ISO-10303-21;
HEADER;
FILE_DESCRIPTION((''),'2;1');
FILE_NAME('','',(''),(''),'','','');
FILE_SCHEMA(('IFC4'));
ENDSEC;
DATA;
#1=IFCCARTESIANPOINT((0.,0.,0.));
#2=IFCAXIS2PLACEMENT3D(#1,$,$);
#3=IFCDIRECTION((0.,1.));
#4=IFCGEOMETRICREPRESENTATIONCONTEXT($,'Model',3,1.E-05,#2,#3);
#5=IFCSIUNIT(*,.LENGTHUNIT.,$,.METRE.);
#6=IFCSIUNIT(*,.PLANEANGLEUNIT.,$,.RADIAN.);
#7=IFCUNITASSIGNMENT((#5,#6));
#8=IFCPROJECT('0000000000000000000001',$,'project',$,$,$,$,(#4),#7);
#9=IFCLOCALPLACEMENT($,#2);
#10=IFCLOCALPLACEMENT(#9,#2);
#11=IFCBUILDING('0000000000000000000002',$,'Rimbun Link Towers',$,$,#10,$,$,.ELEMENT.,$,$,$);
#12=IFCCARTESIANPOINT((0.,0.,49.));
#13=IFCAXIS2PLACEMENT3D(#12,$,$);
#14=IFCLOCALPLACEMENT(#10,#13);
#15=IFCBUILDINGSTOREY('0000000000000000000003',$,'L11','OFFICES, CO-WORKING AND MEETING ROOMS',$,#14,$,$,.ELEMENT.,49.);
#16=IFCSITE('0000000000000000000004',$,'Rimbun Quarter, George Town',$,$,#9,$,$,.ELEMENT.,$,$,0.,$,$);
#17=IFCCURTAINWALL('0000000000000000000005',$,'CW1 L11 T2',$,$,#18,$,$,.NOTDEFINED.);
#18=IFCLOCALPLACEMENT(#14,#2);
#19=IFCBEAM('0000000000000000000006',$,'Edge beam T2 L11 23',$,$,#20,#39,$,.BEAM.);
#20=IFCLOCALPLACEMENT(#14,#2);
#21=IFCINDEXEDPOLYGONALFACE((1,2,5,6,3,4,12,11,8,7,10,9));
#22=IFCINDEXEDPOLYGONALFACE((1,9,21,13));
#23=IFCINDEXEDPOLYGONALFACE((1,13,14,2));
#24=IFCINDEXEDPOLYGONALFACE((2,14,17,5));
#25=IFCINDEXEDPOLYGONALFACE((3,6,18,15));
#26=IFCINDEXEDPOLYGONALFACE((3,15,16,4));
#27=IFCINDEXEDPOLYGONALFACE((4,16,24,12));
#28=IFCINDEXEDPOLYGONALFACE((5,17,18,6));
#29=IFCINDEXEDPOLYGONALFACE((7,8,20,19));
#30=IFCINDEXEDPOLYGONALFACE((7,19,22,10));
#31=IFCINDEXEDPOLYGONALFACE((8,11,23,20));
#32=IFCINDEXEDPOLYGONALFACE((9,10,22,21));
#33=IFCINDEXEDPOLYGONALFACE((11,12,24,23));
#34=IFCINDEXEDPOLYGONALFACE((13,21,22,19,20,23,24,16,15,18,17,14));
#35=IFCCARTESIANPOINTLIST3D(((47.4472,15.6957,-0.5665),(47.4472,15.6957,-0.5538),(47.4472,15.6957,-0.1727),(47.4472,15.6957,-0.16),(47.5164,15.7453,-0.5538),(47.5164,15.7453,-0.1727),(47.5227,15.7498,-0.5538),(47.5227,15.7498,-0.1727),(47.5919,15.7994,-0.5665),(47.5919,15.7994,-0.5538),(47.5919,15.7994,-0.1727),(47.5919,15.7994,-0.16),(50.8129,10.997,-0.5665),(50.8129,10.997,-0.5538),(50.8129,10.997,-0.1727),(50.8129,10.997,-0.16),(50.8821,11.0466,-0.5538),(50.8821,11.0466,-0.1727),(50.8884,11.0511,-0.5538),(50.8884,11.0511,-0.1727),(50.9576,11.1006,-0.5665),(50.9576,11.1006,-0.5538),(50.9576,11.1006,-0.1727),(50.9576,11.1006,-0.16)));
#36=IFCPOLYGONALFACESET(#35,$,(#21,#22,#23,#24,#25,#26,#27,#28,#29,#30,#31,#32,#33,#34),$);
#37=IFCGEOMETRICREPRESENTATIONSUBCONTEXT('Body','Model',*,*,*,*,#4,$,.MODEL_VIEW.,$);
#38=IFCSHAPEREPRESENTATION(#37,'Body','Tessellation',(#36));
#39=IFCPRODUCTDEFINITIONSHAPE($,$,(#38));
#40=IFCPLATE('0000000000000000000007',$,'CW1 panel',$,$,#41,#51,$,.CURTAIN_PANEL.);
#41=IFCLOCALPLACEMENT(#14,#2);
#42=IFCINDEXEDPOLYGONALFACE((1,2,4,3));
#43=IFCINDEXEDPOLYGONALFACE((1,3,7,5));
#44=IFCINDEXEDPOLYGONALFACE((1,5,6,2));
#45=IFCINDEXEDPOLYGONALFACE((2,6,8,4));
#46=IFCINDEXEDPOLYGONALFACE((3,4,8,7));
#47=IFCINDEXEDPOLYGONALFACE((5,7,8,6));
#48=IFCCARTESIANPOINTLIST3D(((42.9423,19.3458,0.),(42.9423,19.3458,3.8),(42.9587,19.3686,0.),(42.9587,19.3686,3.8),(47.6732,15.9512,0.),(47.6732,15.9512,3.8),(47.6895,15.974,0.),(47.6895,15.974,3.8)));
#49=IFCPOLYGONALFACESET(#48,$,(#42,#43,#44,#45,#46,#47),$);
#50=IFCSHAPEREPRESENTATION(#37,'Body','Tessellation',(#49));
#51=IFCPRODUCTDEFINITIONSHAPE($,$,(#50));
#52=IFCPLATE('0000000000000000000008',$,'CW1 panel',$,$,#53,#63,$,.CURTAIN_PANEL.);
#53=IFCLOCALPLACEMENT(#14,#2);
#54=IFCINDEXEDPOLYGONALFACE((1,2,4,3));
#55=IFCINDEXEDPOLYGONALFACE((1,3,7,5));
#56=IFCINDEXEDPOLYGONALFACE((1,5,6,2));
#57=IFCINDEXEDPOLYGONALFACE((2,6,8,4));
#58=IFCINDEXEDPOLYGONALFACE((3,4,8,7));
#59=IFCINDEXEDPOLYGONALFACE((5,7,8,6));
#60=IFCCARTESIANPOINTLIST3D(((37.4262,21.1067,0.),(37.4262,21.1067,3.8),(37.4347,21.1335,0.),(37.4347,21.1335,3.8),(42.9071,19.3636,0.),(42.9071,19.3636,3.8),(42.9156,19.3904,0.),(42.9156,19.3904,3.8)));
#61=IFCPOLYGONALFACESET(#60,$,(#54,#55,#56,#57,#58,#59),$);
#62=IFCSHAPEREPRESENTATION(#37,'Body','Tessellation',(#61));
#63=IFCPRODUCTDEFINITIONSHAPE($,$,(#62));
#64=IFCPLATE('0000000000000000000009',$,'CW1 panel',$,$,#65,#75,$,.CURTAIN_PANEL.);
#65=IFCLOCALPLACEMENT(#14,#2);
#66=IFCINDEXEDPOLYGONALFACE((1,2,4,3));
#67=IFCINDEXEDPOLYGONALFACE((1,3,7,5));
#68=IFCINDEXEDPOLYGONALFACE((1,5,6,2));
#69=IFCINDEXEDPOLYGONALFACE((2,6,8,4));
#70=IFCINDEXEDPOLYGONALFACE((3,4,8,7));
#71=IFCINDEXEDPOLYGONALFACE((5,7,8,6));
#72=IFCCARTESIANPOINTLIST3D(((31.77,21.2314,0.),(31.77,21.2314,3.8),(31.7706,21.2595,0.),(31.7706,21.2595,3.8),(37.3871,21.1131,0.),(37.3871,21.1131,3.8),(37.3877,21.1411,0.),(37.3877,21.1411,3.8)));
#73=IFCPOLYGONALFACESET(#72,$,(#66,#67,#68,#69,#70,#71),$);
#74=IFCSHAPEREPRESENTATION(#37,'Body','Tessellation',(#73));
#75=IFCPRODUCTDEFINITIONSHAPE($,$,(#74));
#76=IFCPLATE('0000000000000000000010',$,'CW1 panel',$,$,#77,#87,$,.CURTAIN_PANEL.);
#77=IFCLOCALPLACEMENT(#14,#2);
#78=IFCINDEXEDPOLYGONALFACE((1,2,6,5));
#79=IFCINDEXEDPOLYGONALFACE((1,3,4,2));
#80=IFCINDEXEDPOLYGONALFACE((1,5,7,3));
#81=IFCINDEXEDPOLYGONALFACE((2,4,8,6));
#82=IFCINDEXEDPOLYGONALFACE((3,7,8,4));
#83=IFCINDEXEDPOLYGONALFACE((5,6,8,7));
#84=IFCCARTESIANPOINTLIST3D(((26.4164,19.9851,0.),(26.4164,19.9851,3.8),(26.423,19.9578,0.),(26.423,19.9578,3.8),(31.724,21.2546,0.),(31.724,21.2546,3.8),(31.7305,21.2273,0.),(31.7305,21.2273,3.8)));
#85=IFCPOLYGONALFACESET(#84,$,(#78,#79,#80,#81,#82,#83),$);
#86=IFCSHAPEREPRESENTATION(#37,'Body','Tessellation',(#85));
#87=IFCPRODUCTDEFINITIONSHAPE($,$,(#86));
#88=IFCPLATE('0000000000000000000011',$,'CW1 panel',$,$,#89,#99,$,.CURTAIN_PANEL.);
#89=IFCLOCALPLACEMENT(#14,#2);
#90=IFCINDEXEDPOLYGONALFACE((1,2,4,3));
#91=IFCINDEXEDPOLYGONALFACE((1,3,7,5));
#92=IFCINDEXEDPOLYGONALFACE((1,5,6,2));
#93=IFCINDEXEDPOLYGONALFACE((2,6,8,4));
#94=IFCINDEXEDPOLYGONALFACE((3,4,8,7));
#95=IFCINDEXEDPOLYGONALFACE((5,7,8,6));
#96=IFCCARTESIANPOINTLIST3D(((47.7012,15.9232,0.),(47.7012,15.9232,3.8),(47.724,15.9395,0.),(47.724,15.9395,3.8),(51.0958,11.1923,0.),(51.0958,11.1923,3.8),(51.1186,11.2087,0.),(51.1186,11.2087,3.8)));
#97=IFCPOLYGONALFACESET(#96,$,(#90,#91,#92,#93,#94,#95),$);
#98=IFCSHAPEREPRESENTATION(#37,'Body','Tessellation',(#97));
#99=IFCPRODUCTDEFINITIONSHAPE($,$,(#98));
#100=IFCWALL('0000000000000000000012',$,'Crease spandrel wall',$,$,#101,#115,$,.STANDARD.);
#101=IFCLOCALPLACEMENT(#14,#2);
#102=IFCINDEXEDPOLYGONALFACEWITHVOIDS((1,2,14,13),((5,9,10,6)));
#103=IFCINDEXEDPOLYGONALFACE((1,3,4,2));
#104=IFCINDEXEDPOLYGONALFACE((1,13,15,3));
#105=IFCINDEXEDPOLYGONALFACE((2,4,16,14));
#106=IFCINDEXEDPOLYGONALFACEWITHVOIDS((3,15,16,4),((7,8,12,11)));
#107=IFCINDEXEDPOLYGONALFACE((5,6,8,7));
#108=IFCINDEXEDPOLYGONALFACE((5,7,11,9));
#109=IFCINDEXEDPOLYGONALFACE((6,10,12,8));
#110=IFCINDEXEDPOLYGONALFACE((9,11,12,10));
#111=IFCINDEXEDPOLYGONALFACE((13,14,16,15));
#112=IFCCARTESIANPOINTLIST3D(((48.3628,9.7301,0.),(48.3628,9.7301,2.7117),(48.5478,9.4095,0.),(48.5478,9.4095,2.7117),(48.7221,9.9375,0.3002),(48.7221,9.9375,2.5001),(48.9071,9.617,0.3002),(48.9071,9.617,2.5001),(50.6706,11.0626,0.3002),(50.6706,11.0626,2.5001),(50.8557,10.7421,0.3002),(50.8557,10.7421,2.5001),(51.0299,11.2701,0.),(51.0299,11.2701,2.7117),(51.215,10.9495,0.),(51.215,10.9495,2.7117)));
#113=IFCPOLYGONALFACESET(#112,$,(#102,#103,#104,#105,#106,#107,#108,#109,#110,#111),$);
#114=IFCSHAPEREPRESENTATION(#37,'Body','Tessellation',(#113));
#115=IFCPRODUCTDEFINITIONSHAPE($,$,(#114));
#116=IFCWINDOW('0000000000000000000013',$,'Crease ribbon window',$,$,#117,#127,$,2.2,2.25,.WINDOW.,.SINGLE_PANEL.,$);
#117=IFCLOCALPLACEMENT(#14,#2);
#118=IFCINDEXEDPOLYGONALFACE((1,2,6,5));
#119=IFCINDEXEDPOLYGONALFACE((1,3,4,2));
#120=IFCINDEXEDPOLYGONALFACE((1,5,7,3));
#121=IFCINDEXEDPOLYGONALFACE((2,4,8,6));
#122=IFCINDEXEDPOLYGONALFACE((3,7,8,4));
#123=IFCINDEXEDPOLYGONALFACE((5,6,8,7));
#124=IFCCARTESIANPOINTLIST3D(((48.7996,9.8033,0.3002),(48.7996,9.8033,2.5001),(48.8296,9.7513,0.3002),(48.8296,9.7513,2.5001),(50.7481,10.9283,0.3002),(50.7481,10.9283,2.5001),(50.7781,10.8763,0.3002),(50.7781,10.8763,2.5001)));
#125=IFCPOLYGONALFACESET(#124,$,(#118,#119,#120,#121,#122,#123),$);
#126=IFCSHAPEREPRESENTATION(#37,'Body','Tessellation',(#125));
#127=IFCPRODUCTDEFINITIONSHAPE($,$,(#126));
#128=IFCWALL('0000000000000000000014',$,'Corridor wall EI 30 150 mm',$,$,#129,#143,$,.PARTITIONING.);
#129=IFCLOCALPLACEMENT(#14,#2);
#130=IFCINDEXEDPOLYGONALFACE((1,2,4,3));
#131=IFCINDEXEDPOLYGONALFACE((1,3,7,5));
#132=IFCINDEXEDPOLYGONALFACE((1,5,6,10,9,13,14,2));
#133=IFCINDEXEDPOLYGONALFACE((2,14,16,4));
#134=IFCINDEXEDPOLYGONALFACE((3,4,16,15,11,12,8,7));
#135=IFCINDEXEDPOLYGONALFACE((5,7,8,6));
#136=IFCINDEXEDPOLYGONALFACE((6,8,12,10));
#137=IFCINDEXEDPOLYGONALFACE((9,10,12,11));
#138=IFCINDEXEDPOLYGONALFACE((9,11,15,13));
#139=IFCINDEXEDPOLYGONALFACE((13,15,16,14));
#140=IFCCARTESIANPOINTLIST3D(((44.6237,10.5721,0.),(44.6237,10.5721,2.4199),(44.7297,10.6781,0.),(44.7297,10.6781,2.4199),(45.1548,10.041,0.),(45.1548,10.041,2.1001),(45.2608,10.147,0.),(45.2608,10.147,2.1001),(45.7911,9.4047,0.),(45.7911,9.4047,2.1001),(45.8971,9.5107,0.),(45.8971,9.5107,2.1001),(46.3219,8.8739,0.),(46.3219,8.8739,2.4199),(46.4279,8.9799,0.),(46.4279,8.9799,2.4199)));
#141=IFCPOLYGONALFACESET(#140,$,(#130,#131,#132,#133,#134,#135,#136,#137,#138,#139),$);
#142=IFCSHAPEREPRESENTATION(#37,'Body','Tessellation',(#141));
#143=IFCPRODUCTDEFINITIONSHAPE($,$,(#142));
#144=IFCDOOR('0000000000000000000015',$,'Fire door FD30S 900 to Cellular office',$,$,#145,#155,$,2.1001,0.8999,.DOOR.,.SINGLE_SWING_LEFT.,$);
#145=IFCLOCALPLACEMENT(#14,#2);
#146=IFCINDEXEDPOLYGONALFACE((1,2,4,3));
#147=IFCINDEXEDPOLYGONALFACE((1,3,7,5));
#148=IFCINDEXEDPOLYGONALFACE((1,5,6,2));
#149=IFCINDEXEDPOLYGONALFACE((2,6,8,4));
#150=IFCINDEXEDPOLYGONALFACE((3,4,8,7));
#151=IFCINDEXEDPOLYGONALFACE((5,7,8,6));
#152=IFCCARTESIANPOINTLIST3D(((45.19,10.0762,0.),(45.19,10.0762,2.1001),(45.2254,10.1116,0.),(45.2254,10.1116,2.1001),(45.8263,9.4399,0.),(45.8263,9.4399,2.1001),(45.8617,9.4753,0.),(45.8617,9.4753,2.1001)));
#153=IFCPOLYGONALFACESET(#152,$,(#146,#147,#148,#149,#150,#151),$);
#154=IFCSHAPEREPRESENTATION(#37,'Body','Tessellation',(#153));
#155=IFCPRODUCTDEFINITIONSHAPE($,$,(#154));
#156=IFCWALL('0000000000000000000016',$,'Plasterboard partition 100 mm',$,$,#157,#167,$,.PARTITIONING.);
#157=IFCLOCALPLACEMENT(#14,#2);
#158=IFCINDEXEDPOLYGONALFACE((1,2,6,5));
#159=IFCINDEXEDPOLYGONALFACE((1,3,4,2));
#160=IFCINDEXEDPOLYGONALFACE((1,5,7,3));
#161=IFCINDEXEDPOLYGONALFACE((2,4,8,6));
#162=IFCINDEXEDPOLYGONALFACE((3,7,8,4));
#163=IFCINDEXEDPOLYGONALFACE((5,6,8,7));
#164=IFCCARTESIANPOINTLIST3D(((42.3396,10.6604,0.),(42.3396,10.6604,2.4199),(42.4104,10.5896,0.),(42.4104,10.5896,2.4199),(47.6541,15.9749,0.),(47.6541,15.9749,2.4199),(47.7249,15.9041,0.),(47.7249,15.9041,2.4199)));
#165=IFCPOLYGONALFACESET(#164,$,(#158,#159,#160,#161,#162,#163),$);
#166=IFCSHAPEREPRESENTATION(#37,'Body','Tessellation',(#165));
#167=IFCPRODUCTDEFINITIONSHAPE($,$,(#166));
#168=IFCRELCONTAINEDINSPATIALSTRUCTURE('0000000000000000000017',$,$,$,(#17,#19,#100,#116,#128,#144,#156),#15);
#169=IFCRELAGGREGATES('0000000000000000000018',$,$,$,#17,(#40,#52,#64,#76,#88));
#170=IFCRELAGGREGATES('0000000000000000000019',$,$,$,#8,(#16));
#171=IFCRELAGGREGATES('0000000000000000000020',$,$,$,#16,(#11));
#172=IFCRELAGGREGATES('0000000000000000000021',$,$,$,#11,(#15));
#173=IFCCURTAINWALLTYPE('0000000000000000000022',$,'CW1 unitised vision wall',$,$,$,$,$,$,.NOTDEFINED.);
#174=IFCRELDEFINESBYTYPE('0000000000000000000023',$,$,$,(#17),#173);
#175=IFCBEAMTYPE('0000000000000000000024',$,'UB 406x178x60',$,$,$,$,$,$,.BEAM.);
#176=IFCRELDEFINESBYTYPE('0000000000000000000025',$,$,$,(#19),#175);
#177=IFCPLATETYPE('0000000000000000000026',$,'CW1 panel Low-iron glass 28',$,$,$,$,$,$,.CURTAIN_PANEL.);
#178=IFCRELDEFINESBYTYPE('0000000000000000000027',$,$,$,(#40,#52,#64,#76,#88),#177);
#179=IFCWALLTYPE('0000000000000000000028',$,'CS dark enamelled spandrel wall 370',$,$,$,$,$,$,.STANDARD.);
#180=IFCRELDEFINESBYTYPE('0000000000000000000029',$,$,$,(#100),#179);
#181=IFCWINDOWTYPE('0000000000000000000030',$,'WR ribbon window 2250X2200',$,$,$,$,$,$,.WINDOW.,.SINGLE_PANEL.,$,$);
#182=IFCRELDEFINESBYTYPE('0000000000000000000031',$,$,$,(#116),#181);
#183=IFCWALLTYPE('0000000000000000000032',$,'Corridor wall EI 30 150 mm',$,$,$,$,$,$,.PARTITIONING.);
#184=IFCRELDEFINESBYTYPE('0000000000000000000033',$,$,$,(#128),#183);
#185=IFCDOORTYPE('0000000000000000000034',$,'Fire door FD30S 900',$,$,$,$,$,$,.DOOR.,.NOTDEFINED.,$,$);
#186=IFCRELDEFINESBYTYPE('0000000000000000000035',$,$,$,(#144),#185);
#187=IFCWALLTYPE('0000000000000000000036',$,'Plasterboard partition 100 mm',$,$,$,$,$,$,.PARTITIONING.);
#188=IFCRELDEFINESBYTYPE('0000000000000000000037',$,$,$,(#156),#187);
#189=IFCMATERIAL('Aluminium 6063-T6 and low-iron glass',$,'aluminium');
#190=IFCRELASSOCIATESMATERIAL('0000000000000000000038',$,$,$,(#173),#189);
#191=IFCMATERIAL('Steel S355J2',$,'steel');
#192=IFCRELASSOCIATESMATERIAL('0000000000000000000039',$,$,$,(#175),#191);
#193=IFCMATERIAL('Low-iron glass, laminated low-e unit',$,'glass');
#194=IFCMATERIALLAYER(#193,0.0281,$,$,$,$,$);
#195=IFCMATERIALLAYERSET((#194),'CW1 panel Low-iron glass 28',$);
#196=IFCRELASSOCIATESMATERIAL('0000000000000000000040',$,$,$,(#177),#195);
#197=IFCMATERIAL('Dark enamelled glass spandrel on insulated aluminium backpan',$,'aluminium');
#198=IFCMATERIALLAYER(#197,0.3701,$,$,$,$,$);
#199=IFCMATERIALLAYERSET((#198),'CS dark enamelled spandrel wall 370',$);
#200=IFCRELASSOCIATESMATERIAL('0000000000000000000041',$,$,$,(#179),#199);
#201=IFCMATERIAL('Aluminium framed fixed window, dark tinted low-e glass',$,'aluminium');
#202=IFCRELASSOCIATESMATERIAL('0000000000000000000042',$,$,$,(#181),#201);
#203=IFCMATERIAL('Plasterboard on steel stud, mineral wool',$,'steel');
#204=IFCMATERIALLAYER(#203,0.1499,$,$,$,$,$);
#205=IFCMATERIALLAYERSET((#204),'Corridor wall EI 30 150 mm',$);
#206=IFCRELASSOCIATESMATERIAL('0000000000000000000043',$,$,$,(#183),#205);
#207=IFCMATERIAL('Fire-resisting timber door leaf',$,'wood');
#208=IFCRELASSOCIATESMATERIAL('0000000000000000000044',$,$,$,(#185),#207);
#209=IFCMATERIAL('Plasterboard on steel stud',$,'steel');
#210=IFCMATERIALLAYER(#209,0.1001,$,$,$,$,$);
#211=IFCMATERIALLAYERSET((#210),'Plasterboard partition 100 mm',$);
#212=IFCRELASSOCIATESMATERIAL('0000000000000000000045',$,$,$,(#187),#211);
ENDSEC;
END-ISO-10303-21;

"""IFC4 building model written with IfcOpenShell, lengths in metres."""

from ifc_helpers import new_model, si_unit, direction, frame, frame_2d, origin, origin_2d, place, context, subcontext, project, spatial, rectangle, i_section, extrude, material, layer, layer_set, material_profile, profile_set, type_object, element, fill, aggregate, save


model = new_model("IFC4")

# Units and contexts
model_context = context("Model", 3, precision=1e-05, world=origin(), true_north=direction((0.0, 1.0)))
body_context = subcontext(model_context, "Body", "Model", "MODEL_VIEW")
ifc_project = project(units=[si_unit("LENGTHUNIT", "METRE"), si_unit("PLANEANGLEUNIT", "RADIAN")], contexts=[model_context])

# Site, building, storey
site_placement = place(None, origin())
site = spatial("IfcSite", under=ifc_project, at=site_placement, Name="Rimbun Quarter, George Town", CompositionType="ELEMENT", RefElevation=0.0)
building_placement = place(site_placement, origin())
building = spatial("IfcBuilding", under=site, at=building_placement, Name="Rimbun Link Towers", CompositionType="ELEMENT")
storey_placement = place(building_placement, frame((0.0, 0.0, 49.0)))
storey = spatial("IfcBuildingStorey", under=building, at=storey_placement, Name="L11", Description="OFFICES, CO-WORKING AND MEETING ROOMS", CompositionType="ELEMENT", Elevation=49.0)

# Curtain wall
ifc_material_1 = material(Name="Aluminium 6063-T6 and low-iron glass", Category="aluminium")
curtain_wall_type = type_object("IfcCurtainWallType", Name="CW1 unitised vision wall", PredefinedType="NOTDEFINED", material=ifc_material_1)
curtain_wall_placement = place(storey_placement, origin())
curtain_wall = element("IfcCurtainWall", 1, at=curtain_wall_placement, inside=storey, type_object=curtain_wall_type, Name="CW1 L11 T2", PredefinedType="NOTDEFINED")

# Beam
ifc_material_2 = material(Name="Steel S355J2", Category="steel")
ifc_material_profile_1 = material_profile(ifc_material_2, i_section(OverallWidth=0.178, OverallDepth=0.4065, WebThickness=0.0078, FlangeThickness=0.0127, at=origin_2d()), Name="UB 406x178x60")
ifc_profile_set_1 = profile_set([ifc_material_profile_1], Name="Steel S355J2")
beam_type = type_object("IfcBeamType", Name="UB 406x178x60", PredefinedType="BEAM", material=ifc_profile_set_1)
beam_1_placement = place(storey_placement, frame((50.8853, 11.0488, -0.3633), z_axis=(-0.582325, 0.812956, 0.0), x_axis=(-0.812956, -0.582325, 0.0)))
element("IfcBeam", 2, at=beam_1_placement, inside=storey, type_object=beam_type, Name="Edge beam T2 L11 23", PredefinedType="BEAM", context=body_context, shape_type="SweptSolid", body=[
    extrude(i_section(OverallWidth=0.178, OverallDepth=0.4065, WebThickness=0.0078, FlangeThickness=0.0127, at=origin_2d()), origin(), (0.0, 0.0, 1.0), 5.7798),
])

# Plates
ifc_material_3 = material(Name="Low-iron glass, laminated low-e unit", Category="glass")
ifc_layer_1 = layer(ifc_material_3, 0.0281)
ifc_layer_set_1 = layer_set([ifc_layer_1], Name="CW1 panel Low-iron glass 28")
plate_type = type_object("IfcPlateType", Name="CW1 panel Low-iron glass 28", PredefinedType="CURTAIN_PANEL", material=ifc_layer_set_1)
plate_1_placement = place(storey_placement, frame((45.3159, 17.6599, 0.0), z_axis=(0.0, 0.0, 1.0), x_axis=(0.812475, -0.582996, 0.0)))
plate_1 = element("IfcPlate", 3, at=plate_1_placement, type_object=plate_type, Name="CW1 panel", PredefinedType="CURTAIN_PANEL", context=body_context, shape_type="SweptSolid", body=[
    extrude(rectangle(XDim=5.8228, YDim=0.0281, at=origin_2d()), origin(), (0.0, 0.0, 1.0), 3.8),
])
plate_2_placement = place(storey_placement, frame((40.1709, 20.2485, 0.0), z_axis=(0.0, 0.0, 1.0), x_axis=(0.952968, -0.303071, 0.0)))
plate_2 = element("IfcPlate", 4, at=plate_2_placement, type_object=plate_type, Name="CW1 panel", PredefinedType="CURTAIN_PANEL", context=body_context, shape_type="SweptSolid", body=[
    extrude(rectangle(XDim=5.7515, YDim=0.0281, at=origin_2d()), origin(), (0.0, 0.0, 1.0), 3.8),
])
plate_3_placement = place(storey_placement, frame((34.5789, 21.1863, 0.0), z_axis=(0.0, 0.0, 1.0), x_axis=(0.999778, -0.021066, 0.0)))
plate_3 = element("IfcPlate", 5, at=plate_3_placement, type_object=plate_type, Name="CW1 panel", PredefinedType="CURTAIN_PANEL", context=body_context, shape_type="SweptSolid", body=[
    extrude(rectangle(XDim=5.6184, YDim=0.0281, at=origin_2d()), origin(), (0.0, 0.0, 1.0), 3.8),
])
plate_4_placement = place(storey_placement, frame((29.0735, 20.6062, 0.0), z_axis=(0.0, 0.0, 1.0), x_axis=(0.97257, 0.23261, 0.0)))
plate_4 = element("IfcPlate", 6, at=plate_4_placement, type_object=plate_type, Name="CW1 panel", PredefinedType="CURTAIN_PANEL", context=body_context, shape_type="SweptSolid", body=[
    extrude(rectangle(XDim=5.4573, YDim=0.0281, at=origin_2d()), origin(), (0.0, 0.0, 1.0), 3.8),
])
plate_5_placement = place(storey_placement, frame((49.4099, 13.5659, 0.0), z_axis=(0.0, 0.0, 1.0), x_axis=(0.582996, -0.812475, 0.0)))
plate_5 = element("IfcPlate", 7, at=plate_5_placement, type_object=plate_type, Name="CW1 panel", PredefinedType="CURTAIN_PANEL", context=body_context, shape_type="SweptSolid", body=[
    extrude(rectangle(XDim=5.8228, YDim=0.0281, at=origin_2d()), origin(), (0.0, 0.0, 1.0), 3.8),
])
aggregate(curtain_wall, [plate_1, plate_2, plate_3, plate_4, plate_5])

# Wall, opening, window
ifc_material_4 = material(Name="Dark enamelled glass spandrel on insulated aluminium backpan", Category="aluminium")
ifc_layer_2 = layer(ifc_material_4, 0.3701)
ifc_layer_set_2 = layer_set([ifc_layer_2], Name="CS dark enamelled spandrel wall 370")
wall_type_1 = type_object("IfcWallType", Name="CS dark enamelled spandrel wall 370", PredefinedType="STANDARD", material=ifc_layer_set_2)
wall_1_placement = place(storey_placement, frame((51.1226, 11.1099, 0.0), z_axis=(0.0, 0.0, 1.0), x_axis=(-0.86601, -0.500027, 0.0)))
wall_1 = element("IfcWall", 8, at=wall_1_placement, inside=storey, type_object=wall_type_1, Name="Crease spandrel wall", PredefinedType="STANDARD", context=body_context, shape_type="SweptSolid", body=[
    extrude(rectangle(XDim=3.0798, YDim=0.3701, at=frame_2d((1.54, 0.0))), origin(), (0.0, 0.0, 1.0), 2.7117),
])
opening_1_placement = place(wall_1_placement, frame((0.415, 0.0, 0.3)))
opening_1 = element("IfcOpeningElement", 9, at=opening_1_placement, cuts=wall_1, PredefinedType="OPENING", context=body_context, shape_type="SweptSolid", body=[
    extrude(rectangle(XDim=2.25, YDim=2.2, at=frame_2d((1.125, 1.1001))), frame((0.0, 0.1951, 0.0), z_axis=(0.0, -1.0, 0.0), x_axis=(1.0, 0.0, 0.0)), (0.0, 0.0, 1.0), 0.3901),
])
ifc_material_5 = material(Name="Aluminium framed fixed window, dark tinted low-e glass", Category="aluminium")
window_type = type_object("IfcWindowType", Name="WR ribbon window 2250X2200", PartitioningType="SINGLE_PANEL", PredefinedType="WINDOW", material=ifc_material_5)
window_placement = place(opening_1_placement, origin())
window = element("IfcWindow", 10, at=window_placement, inside=storey, type_object=window_type, Name="Crease ribbon window", OverallHeight=2.2, OverallWidth=2.25, PartitioningType="SINGLE_PANEL", PredefinedType="WINDOW", context=body_context, shape_type="SweptSolid", body=[
    extrude(rectangle(XDim=2.25, YDim=2.2, at=frame_2d((1.125, 1.1001))), frame((0.0, 0.03, 0.0), z_axis=(0.0, -1.0, 0.0), x_axis=(1.0, 0.0, 0.0)), (0.0, 0.0, 1.0), 0.0601),
])
fill(opening_1, window)

# Wall, opening, door
ifc_material_6 = material(Name="Plasterboard on steel stud, mineral wool", Category="steel")
ifc_layer_3 = layer(ifc_material_6, 0.1499)
ifc_layer_set_3 = layer_set([ifc_layer_3], Name="Corridor wall EI 30 150 mm")
wall_type_2 = type_object("IfcWallType", Name="Corridor wall EI 30 150 mm", PredefinedType="PARTITIONING", material=ifc_layer_set_3)
wall_2_placement = place(storey_placement, frame((44.6768, 10.625, 0.0), z_axis=(0.0, 0.0, 1.0), x_axis=(0.707107, -0.707107, 0.0)))
wall_2 = element("IfcWall", 11, at=wall_2_placement, inside=storey, type_object=wall_type_2, Name="Corridor wall EI 30 150 mm", PredefinedType="PARTITIONING", context=body_context, shape_type="SweptSolid", body=[
    extrude(rectangle(XDim=2.4016, YDim=0.1499, at=frame_2d((1.2007, 0.0))), origin(), (0.0, 0.0, 1.0), 2.4199),
])
opening_2_placement = place(wall_2_placement, frame((0.751, 0.0, 0.0)))
opening_2 = element("IfcOpeningElement", 12, at=opening_2_placement, cuts=wall_2, PredefinedType="OPENING", context=body_context, shape_type="SweptSolid", body=[
    extrude(rectangle(XDim=0.8999, YDim=2.1001, at=frame_2d((0.45, 1.05))), frame((0.0, 0.085, 0.0), z_axis=(0.0, -1.0, 0.0), x_axis=(1.0, 0.0, 0.0)), (0.0, 0.0, 1.0), 0.1699),
])
ifc_material_7 = material(Name="Fire-resisting timber door leaf", Category="wood")
door_type_1 = type_object("IfcDoorType", Name="Fire door FD30S 900", OperationType="NOTDEFINED", PredefinedType="DOOR", material=ifc_material_7)
door_1_placement = place(opening_2_placement, origin())
door_1 = element("IfcDoor", 13, at=door_1_placement, inside=storey, type_object=door_type_1, Name="Fire door FD30S 900 to Cellular office", OperationType="SINGLE_SWING_LEFT", OverallHeight=2.1001, OverallWidth=0.8999, PredefinedType="DOOR", context=body_context, shape_type="SweptSolid", body=[
    extrude(rectangle(XDim=0.8999, YDim=2.1001, at=frame_2d((0.45, 1.05))), frame((0.0, 0.0249, 0.0), z_axis=(0.0, -1.0, 0.0), x_axis=(1.0, 0.0, 0.0)), (0.0, 0.0, 1.0), 0.05),
])
fill(opening_2, door_1)

# Wall
ifc_material_8 = material(Name="Plasterboard on steel stud", Category="steel")
ifc_layer_4 = layer(ifc_material_8, 0.1001)
ifc_layer_set_4 = layer_set([ifc_layer_4], Name="Plasterboard partition 100 mm")
wall_type_3 = type_object("IfcWallType", Name="Plasterboard partition 100 mm", PredefinedType="PARTITIONING", material=ifc_layer_set_4)
wall_3_placement = place(storey_placement, frame((47.6895, 15.9395, 0.0), z_axis=(0.0, 0.0, 1.0), x_axis=(-0.707107, -0.707107, 0.0)))
element("IfcWall", 14, at=wall_3_placement, inside=storey, type_object=wall_type_3, Name="Plasterboard partition 100 mm", PredefinedType="PARTITIONING", context=body_context, shape_type="SweptSolid", body=[
    extrude(rectangle(XDim=7.5159, YDim=0.1001, at=frame_2d((3.7578, 0.0))), origin(), (0.0, 0.0, 1.0), 2.4199),
])

save(model, "model.ifc")
